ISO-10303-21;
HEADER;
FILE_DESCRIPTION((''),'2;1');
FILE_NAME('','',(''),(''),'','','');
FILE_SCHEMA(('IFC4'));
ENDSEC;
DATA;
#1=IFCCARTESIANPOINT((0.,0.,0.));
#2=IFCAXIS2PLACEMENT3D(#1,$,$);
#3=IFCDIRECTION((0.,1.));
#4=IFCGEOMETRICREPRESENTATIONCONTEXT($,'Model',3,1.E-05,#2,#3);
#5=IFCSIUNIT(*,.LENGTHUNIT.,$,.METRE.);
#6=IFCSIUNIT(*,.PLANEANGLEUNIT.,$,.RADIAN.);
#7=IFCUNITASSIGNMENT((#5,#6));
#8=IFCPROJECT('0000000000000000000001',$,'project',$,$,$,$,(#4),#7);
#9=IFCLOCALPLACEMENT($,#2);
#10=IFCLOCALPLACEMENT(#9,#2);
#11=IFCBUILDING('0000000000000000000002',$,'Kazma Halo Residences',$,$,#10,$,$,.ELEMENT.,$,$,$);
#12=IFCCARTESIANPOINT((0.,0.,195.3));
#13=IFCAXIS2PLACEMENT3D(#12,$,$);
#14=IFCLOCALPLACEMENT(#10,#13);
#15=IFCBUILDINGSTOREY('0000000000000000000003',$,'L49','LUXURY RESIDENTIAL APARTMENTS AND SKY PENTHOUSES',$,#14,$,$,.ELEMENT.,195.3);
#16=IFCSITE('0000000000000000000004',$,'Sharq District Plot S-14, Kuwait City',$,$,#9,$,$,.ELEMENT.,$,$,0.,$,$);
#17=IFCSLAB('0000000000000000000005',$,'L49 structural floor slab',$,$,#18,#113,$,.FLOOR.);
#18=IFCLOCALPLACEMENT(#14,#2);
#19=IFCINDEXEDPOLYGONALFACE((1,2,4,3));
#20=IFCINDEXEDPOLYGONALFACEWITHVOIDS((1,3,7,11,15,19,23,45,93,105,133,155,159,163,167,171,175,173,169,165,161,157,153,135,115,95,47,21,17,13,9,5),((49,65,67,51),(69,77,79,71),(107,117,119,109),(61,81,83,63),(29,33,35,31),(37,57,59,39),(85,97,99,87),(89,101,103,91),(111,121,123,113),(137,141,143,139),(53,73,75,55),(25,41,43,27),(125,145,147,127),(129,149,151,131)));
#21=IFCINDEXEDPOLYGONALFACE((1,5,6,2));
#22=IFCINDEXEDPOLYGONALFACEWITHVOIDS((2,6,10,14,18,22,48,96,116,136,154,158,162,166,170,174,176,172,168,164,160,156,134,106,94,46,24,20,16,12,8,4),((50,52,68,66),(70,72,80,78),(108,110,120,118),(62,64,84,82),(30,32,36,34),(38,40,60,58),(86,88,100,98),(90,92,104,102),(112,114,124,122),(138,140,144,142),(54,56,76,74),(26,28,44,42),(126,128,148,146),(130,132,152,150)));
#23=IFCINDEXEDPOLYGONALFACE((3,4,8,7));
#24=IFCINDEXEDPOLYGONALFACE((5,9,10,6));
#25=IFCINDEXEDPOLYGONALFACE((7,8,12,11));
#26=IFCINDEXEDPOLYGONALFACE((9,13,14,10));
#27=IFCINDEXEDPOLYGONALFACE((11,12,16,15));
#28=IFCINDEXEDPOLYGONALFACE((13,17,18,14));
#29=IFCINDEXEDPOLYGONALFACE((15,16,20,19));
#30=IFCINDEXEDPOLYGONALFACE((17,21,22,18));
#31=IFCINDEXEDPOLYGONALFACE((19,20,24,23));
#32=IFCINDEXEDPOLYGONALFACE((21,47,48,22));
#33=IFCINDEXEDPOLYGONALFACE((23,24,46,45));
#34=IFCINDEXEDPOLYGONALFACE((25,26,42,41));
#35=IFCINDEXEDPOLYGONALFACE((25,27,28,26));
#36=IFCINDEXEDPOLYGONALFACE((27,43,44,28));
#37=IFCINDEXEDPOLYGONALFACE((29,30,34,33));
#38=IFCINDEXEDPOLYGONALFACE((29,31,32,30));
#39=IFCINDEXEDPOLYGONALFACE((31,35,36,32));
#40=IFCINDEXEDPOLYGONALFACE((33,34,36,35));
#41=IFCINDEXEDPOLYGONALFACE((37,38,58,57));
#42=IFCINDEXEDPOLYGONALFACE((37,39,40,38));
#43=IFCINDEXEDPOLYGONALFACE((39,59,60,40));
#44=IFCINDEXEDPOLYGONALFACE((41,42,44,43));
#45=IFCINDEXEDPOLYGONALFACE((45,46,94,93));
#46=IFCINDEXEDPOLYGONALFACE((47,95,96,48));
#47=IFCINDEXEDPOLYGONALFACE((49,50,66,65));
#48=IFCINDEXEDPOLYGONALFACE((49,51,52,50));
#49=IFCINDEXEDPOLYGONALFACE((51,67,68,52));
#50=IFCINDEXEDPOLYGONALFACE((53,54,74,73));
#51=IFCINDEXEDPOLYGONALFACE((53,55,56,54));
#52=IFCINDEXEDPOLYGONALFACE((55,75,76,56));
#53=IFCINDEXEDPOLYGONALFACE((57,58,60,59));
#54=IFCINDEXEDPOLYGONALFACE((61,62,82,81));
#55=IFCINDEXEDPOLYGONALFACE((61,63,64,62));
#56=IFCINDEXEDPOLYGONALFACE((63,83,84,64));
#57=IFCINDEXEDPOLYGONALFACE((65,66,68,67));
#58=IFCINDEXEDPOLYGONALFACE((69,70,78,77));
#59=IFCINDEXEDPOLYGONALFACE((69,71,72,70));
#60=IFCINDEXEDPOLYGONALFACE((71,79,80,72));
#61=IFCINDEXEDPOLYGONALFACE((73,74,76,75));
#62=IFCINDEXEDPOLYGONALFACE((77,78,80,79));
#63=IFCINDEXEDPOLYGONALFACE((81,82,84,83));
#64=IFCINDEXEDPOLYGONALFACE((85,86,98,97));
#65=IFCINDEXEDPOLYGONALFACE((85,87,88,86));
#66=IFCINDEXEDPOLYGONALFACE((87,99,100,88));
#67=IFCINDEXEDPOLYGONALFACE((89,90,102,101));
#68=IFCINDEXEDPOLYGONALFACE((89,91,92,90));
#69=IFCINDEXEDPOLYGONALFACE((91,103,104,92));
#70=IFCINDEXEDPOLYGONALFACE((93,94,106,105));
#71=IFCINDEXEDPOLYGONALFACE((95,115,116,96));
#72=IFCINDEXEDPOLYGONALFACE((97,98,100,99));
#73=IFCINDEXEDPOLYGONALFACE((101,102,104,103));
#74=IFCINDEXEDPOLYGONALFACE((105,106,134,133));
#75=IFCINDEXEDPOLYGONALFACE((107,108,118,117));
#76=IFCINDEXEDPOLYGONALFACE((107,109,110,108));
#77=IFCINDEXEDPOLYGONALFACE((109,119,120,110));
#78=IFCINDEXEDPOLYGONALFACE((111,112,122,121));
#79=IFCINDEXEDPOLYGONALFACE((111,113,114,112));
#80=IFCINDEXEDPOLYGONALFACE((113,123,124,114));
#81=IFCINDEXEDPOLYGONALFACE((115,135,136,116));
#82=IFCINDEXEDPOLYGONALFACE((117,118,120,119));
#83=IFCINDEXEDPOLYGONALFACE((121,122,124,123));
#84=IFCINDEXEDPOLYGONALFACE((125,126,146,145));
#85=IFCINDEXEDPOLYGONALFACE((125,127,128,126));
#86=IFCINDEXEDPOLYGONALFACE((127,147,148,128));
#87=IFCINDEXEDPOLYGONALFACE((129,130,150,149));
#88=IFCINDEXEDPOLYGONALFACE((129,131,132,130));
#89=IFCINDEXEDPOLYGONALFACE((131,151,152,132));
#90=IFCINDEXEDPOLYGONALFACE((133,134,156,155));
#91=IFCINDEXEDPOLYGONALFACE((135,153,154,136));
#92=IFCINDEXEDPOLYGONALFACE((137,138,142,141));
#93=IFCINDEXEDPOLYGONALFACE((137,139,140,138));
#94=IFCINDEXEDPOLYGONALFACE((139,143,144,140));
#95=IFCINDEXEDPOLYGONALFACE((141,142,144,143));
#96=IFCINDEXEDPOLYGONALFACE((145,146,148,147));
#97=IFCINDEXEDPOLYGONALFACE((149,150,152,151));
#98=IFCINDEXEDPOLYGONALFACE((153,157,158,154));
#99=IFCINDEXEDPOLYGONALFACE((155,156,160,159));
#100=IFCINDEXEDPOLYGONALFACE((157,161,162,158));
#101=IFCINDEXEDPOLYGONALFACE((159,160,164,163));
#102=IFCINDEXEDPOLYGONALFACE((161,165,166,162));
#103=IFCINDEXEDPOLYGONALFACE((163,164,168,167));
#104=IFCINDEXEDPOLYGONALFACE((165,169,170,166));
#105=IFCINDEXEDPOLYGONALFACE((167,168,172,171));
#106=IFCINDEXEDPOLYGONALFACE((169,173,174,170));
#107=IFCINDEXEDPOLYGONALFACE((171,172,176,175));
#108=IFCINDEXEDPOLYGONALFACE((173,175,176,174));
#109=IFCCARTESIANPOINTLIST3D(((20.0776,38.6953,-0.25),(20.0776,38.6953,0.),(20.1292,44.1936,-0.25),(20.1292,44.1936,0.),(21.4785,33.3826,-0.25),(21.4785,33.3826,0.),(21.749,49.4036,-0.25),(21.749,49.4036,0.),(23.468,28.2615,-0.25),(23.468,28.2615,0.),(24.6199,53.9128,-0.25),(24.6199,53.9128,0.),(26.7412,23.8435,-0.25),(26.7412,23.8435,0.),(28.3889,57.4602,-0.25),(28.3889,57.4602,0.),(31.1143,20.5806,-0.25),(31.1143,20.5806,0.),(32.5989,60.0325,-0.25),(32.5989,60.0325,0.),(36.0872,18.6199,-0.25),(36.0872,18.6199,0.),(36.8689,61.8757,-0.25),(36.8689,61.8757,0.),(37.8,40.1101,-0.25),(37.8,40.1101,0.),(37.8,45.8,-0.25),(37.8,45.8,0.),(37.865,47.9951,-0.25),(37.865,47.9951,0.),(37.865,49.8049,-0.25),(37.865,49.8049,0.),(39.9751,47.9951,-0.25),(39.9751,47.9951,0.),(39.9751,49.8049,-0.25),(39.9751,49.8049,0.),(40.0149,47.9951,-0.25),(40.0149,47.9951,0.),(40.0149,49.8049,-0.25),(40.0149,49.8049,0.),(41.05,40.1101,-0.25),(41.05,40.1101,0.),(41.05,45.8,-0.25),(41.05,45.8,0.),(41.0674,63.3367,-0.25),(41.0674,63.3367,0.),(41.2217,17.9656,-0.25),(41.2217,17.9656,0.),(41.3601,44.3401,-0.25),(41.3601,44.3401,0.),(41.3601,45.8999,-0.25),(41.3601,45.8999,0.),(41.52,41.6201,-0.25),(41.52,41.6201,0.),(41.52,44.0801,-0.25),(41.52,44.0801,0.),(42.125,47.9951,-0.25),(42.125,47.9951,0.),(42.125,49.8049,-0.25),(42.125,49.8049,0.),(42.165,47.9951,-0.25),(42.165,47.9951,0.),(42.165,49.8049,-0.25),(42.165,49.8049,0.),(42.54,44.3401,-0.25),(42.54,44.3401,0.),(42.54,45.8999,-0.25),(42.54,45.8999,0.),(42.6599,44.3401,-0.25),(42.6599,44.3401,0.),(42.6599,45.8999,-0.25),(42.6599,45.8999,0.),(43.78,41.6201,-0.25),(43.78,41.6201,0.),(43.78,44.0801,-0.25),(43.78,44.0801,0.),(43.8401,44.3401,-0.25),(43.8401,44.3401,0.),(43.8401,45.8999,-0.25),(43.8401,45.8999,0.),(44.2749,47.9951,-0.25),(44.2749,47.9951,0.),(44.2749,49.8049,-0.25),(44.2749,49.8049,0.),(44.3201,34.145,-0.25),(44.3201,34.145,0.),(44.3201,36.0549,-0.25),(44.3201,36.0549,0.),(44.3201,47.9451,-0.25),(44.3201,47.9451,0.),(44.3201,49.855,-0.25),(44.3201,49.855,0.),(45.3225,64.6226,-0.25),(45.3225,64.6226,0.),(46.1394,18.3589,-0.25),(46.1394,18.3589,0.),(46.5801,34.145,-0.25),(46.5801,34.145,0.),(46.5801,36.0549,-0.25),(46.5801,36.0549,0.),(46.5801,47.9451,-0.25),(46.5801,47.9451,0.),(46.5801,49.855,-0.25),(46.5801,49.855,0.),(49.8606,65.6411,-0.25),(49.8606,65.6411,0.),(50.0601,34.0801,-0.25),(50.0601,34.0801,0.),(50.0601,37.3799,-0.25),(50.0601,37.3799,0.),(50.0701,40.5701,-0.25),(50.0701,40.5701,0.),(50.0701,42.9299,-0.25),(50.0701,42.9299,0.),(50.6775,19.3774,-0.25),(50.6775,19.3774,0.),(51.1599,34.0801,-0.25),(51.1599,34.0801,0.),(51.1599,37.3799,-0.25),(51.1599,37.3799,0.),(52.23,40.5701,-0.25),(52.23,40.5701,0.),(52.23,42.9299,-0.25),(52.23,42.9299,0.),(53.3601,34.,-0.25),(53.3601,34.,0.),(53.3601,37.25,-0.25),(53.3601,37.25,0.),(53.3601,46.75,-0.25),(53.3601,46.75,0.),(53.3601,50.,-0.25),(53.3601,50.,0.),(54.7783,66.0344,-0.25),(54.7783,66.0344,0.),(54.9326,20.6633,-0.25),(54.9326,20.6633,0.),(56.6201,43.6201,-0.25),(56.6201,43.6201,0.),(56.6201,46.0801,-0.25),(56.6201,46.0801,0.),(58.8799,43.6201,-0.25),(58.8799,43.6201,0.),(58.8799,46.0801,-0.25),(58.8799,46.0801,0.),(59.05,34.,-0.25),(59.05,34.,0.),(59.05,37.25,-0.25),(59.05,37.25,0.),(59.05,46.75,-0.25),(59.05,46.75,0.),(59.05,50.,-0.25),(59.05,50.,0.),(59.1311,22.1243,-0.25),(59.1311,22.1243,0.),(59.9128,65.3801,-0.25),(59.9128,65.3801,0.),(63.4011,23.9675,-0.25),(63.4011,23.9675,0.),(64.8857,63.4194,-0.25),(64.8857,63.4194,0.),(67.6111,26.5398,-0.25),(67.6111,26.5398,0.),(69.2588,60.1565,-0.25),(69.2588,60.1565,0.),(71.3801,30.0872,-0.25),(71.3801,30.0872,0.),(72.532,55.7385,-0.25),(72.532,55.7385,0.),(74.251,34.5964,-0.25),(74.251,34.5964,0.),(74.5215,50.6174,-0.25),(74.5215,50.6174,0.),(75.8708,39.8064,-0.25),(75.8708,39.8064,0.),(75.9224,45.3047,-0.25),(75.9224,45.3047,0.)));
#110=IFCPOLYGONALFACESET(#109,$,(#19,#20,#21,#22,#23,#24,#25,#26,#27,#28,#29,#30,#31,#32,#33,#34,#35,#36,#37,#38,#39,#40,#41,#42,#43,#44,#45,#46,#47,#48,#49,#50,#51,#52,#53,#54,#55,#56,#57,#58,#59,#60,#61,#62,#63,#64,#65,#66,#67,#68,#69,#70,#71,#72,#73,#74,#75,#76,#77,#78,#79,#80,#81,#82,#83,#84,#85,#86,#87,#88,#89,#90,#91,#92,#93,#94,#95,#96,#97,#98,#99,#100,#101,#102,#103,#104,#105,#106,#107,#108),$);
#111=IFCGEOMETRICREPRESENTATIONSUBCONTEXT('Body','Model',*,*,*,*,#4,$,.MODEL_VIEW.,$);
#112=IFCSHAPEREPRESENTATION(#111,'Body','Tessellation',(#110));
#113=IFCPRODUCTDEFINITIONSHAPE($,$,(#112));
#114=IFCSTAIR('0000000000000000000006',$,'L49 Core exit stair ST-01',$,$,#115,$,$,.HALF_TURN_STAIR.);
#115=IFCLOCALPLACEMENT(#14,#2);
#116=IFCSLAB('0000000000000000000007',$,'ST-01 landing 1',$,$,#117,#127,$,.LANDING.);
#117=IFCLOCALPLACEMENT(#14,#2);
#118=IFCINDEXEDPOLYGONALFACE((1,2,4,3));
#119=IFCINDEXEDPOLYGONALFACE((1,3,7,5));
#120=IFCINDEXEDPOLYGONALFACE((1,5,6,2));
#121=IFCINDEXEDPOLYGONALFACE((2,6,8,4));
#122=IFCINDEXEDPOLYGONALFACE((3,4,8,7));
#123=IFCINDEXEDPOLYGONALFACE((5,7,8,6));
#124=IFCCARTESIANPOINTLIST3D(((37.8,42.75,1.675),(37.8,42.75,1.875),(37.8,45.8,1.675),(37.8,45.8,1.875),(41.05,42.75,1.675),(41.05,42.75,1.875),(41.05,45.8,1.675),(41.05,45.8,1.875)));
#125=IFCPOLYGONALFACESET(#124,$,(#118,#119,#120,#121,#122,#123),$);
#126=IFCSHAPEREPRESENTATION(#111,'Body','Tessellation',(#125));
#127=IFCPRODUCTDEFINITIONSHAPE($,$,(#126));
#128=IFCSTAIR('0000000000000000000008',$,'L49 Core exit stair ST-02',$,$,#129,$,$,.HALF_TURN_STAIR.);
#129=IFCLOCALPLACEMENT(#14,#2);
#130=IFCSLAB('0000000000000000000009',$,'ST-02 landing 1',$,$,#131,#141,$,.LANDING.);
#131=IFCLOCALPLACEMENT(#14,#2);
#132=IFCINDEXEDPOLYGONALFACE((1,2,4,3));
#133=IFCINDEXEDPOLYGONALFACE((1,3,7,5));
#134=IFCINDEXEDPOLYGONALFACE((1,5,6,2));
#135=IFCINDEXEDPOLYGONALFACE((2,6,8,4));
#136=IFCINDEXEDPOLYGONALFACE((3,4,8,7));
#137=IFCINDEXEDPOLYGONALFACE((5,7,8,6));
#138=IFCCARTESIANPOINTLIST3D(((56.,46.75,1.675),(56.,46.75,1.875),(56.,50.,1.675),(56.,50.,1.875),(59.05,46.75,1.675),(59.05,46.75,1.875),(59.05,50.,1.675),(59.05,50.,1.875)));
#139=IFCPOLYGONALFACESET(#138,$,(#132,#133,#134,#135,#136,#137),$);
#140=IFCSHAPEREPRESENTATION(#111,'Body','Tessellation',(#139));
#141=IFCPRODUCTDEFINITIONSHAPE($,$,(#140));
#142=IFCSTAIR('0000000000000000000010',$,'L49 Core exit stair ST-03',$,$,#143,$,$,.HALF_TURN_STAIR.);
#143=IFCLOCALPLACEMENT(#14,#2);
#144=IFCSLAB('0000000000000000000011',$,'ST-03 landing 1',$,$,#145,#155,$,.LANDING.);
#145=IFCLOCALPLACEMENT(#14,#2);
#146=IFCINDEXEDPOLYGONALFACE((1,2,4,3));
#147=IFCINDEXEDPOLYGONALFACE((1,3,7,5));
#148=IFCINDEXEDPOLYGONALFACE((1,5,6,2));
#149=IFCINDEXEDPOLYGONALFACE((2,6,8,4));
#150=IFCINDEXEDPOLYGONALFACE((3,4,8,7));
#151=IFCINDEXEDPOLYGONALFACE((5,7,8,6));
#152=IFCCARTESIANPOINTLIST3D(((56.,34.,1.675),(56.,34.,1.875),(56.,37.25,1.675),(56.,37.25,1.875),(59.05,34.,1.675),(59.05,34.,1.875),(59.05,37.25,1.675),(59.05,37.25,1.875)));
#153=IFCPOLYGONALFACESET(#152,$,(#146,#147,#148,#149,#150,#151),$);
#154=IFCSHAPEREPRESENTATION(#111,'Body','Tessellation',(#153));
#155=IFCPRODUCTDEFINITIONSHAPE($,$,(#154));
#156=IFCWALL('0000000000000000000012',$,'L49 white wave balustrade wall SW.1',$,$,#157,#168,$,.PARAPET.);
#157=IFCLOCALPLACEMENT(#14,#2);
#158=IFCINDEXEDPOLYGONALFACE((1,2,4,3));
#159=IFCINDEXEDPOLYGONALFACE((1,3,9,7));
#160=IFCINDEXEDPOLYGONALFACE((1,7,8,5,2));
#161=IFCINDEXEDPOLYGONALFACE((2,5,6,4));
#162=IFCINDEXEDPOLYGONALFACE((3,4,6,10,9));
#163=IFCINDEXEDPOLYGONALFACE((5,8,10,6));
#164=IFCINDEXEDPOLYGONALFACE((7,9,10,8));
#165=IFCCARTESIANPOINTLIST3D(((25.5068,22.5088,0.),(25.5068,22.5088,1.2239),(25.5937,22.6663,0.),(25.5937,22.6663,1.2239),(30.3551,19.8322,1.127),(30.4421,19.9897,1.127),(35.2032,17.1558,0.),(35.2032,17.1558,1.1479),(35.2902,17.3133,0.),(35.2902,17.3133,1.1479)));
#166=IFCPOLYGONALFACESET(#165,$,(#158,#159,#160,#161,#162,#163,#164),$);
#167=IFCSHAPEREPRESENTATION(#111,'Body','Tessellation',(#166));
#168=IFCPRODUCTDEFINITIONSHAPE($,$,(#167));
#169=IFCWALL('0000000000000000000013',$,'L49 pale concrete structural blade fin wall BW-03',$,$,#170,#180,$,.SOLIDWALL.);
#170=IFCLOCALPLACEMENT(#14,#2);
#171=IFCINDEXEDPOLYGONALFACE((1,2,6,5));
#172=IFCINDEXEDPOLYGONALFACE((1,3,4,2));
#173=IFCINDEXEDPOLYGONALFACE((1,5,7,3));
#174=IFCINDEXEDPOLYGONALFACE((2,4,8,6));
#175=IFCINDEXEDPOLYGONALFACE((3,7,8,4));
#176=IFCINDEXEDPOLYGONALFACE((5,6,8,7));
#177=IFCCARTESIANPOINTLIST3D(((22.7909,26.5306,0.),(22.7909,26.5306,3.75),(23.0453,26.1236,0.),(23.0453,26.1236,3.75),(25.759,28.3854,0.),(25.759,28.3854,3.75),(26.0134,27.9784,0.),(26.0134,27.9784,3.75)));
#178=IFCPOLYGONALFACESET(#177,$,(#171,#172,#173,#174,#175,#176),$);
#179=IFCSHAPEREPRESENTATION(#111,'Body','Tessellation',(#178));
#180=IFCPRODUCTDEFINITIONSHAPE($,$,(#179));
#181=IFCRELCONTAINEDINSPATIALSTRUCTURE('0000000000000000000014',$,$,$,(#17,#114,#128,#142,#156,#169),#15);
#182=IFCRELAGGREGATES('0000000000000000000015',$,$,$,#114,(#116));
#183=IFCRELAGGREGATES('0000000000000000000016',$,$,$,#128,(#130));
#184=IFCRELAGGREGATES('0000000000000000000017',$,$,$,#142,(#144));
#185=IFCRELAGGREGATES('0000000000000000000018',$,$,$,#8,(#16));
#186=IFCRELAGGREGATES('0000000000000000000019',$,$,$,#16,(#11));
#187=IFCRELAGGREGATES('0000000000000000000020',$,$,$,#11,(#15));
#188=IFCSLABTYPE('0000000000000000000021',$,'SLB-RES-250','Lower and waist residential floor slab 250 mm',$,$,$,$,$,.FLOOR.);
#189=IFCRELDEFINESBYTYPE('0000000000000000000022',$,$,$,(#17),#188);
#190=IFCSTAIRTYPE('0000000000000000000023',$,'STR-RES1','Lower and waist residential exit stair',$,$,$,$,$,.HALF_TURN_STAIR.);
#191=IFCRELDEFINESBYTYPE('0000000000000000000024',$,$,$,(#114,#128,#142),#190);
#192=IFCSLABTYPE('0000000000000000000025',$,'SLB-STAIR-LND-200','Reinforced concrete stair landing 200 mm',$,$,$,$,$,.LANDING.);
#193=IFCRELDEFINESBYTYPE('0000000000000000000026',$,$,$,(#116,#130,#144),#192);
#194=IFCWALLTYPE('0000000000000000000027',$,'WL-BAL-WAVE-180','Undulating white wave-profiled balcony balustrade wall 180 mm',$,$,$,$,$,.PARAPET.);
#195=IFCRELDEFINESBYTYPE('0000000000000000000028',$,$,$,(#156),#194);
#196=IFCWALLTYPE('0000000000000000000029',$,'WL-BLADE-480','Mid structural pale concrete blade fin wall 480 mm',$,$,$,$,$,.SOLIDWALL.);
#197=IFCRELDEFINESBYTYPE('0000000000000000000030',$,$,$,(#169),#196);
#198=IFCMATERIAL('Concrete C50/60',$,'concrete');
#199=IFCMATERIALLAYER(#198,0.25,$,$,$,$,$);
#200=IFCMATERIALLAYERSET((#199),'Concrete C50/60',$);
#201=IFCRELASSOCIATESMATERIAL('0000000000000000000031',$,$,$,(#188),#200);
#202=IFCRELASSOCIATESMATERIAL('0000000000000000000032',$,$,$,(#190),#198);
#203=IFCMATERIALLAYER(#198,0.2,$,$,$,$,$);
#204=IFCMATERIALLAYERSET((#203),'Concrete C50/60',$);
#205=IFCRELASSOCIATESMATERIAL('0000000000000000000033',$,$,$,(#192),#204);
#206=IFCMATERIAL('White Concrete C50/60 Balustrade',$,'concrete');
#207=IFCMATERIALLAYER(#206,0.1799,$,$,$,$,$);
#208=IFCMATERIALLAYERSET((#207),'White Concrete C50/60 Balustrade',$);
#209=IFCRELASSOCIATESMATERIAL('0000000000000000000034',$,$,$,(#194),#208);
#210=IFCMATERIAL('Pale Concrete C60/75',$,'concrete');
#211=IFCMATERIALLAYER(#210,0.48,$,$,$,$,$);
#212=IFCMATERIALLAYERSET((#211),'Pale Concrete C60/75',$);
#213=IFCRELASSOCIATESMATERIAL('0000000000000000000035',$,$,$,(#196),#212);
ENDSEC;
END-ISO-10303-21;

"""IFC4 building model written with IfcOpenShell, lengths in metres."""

from ifc_helpers import new_model, si_unit, direction, frame, frame_2d, origin, place, context, subcontext, project, spatial, polyline, rectangle, outline, extrude, material, layer, layer_set, type_object, element, aggregate, save


model = new_model("IFC4")

# Units and contexts
model_context = context("Model", 3, precision=1e-05, world=origin(), true_north=direction((0.0, 1.0)))
body_context = subcontext(model_context, "Body", "Model", "MODEL_VIEW")
ifc_project = project(units=[si_unit("LENGTHUNIT", "METRE"), si_unit("PLANEANGLEUNIT", "RADIAN")], contexts=[model_context])

# Site, building, storey
site_placement = place(None, origin())
site = spatial("IfcSite", under=ifc_project, at=site_placement, Name="Sharq District Plot S-14, Kuwait City", CompositionType="ELEMENT", RefElevation=0.0)
building_placement = place(site_placement, origin())
building = spatial("IfcBuilding", under=site, at=building_placement, Name="Kazma Halo Residences", CompositionType="ELEMENT")
storey_placement = place(building_placement, frame((0.0, 0.0, 195.3)))
storey = spatial("IfcBuildingStorey", under=building, at=storey_placement, Name="L49", Description="LUXURY RESIDENTIAL APARTMENTS AND SKY PENTHOUSES", CompositionType="ELEMENT", Elevation=195.3)

# Slab
ifc_material_1 = material(Name="Concrete C50/60", Category="concrete")
ifc_layer_1 = layer(ifc_material_1, 0.25)
ifc_layer_set_1 = layer_set([ifc_layer_1], Name="Concrete C50/60")
slab_type_1 = type_object("IfcSlabType", Name="SLB-RES-250", Description="Lower and waist residential floor slab 250 mm", PredefinedType="FLOOR", material=ifc_layer_set_1)
slab_1_placement = place(storey_placement, frame((0.0, 0.0, -0.25)))
element("IfcSlab", 1, at=slab_1_placement, inside=storey, type_object=slab_type_1, Name="L49 structural floor slab", PredefinedType="FLOOR", context=body_context, shape_type="SweptSolid", body=[
    extrude(outline(polyline([(74.5215, 50.6174), (72.532, 55.7385), (69.2588, 60.1565), (64.8857, 63.4194), (59.9128, 65.3801), (54.7783, 66.0344), (49.8606, 65.6411), (45.3225, 64.6226), (41.0674, 63.3367), (36.8689, 61.8757), (32.5989, 60.0325), (28.3889, 57.4602), (24.6199, 53.9128), (21.749, 49.4036), (20.1292, 44.1936), (20.0776, 38.6953), (21.4785, 33.3826), (23.468, 28.2615), (26.7412, 23.8435), (31.1143, 20.5806), (36.0872, 18.6199), (41.2217, 17.9656), (46.1394, 18.3589), (50.6775, 19.3774), (54.9326, 20.6633), (59.1311, 22.1243), (63.4011, 23.9675), (67.6111, 26.5398), (71.3801, 30.0872), (74.251, 34.5964), (75.8708, 39.8064), (75.9224, 45.3047), (74.5215, 50.6174)]), holes=[polyline([(37.8, 40.1101), (41.05, 40.1101), (41.05, 45.8), (37.8, 45.8), (37.8, 40.1101)]), polyline([(53.3601, 46.75), (59.05, 46.75), (59.05, 50.0), (53.3601, 50.0), (53.3601, 46.75)]), polyline([(53.3601, 34.0), (59.05, 34.0), (59.05, 37.25), (53.3601, 37.25), (53.3601, 34.0)]), polyline([(41.52, 41.6201), (43.78, 41.6201), (43.78, 44.0801), (41.52, 44.0801), (41.52, 41.6201)]), polyline([(56.6201, 43.6201), (58.8799, 43.6201), (58.8799, 46.0801), (56.6201, 46.0801), (56.6201, 43.6201)]), polyline([(37.865, 47.9951), (39.9751, 47.9951), (39.9751, 49.8049), (37.865, 49.8049), (37.865, 47.9951)]), polyline([(40.0149, 47.9951), (42.125, 47.9951), (42.125, 49.8049), (40.0149, 49.8049), (40.0149, 47.9951)]), polyline([(42.165, 47.9951), (44.2749, 47.9951), (44.2749, 49.8049), (42.165, 49.8049), (42.165, 47.9951)]), polyline([(44.3201, 47.9451), (46.5801, 47.9451), (46.5801, 49.855), (44.3201, 49.855), (44.3201, 47.9451)]), polyline([(44.3201, 34.145), (46.5801, 34.145), (46.5801, 36.0549), (44.3201, 36.0549), (44.3201, 34.145)]), polyline([(50.0701, 40.5701), (52.23, 40.5701), (52.23, 42.9299), (50.0701, 42.9299), (50.0701, 40.5701)]), polyline([(41.3601, 44.3401), (42.54, 44.3401), (42.54, 45.8999), (41.3601, 45.8999), (41.3601, 44.3401)]), polyline([(42.6599, 44.3401), (43.8401, 44.3401), (43.8401, 45.8999), (42.6599, 45.8999), (42.6599, 44.3401)]), polyline([(50.0601, 34.0801), (51.1599, 34.0801), (51.1599, 37.3799), (50.0601, 37.3799), (50.0601, 34.0801)])]), origin(), (0.0, 0.0, 1.0), 0.25),
])

# Stairs, slabs
stair_type = type_object("IfcStairType", Name="STR-RES1", Description="Lower and waist residential exit stair", PredefinedType="HALF_TURN_STAIR", material=ifc_material_1)
stair_1_placement = place(storey_placement, origin())
stair_1 = element("IfcStair", 2, at=stair_1_placement, inside=storey, type_object=stair_type, Name="L49 Core exit stair ST-01", PredefinedType="HALF_TURN_STAIR")
ifc_layer_2 = layer(ifc_material_1, 0.2)
ifc_layer_set_2 = layer_set([ifc_layer_2], Name="Concrete C50/60")
slab_type_2 = type_object("IfcSlabType", Name="SLB-STAIR-LND-200", Description="Reinforced concrete stair landing 200 mm", PredefinedType="LANDING", material=ifc_layer_set_2)
slab_2_placement = place(storey_placement, frame((0.0, 0.0, 1.675)))
slab_2 = element("IfcSlab", 3, at=slab_2_placement, type_object=slab_type_2, Name="ST-01 landing 1", PredefinedType="LANDING", context=body_context, shape_type="SweptSolid", body=[
    extrude(outline(polyline([(41.05, 42.75), (41.05, 45.8), (37.8, 45.8), (37.8, 42.75), (41.05, 42.75)])), origin(), (0.0, 0.0, 1.0), 0.2),
])
aggregate(stair_1, [slab_2])
stair_2_placement = place(storey_placement, origin())
stair_2 = element("IfcStair", 4, at=stair_2_placement, inside=storey, type_object=stair_type, Name="L49 Core exit stair ST-02", PredefinedType="HALF_TURN_STAIR")
slab_3_placement = place(storey_placement, frame((0.0, 0.0, 1.675)))
slab_3 = element("IfcSlab", 5, at=slab_3_placement, type_object=slab_type_2, Name="ST-02 landing 1", PredefinedType="LANDING", context=body_context, shape_type="SweptSolid", body=[
    extrude(outline(polyline([(56.0, 46.75), (59.05, 46.75), (59.05, 50.0), (56.0, 50.0), (56.0, 46.75)])), origin(), (0.0, 0.0, 1.0), 0.2),
])
aggregate(stair_2, [slab_3])
stair_3_placement = place(storey_placement, origin())
stair_3 = element("IfcStair", 6, at=stair_3_placement, inside=storey, type_object=stair_type, Name="L49 Core exit stair ST-03", PredefinedType="HALF_TURN_STAIR")
slab_4_placement = place(storey_placement, frame((0.0, 0.0, 1.675)))
slab_4 = element("IfcSlab", 7, at=slab_4_placement, type_object=slab_type_2, Name="ST-03 landing 1", PredefinedType="LANDING", context=body_context, shape_type="SweptSolid", body=[
    extrude(outline(polyline([(56.0, 34.0), (59.05, 34.0), (59.05, 37.25), (56.0, 37.25), (56.0, 34.0)])), origin(), (0.0, 0.0, 1.0), 0.2),
])
aggregate(stair_3, [slab_4])

# Walls
ifc_material_2 = material(Name="White Concrete C50/60 Balustrade", Category="concrete")
ifc_layer_3 = layer(ifc_material_2, 0.1799)
ifc_layer_set_3 = layer_set([ifc_layer_3], Name="White Concrete C50/60 Balustrade")
wall_type_1 = type_object("IfcWallType", Name="WL-BAL-WAVE-180", Description="Undulating white wave-profiled balcony balustrade wall 180 mm", PredefinedType="PARAPET", material=ifc_layer_set_3)
wall_1_placement = place(storey_placement, frame((25.5503, 22.5876, 0.0), z_axis=(0.0, 0.0, 1.0), x_axis=(0.875455, -0.4833, 0.0)))
element("IfcWall", 8, at=wall_1_placement, inside=storey, type_object=wall_type_1, Name="L49 white wave balustrade wall SW.1", PredefinedType="PARAPET", context=body_context, shape_type="SweptSolid", body=[
    extrude(outline(polyline([(0.0, 0.0), (11.0759, 0.0), (11.0759, 1.1479), (5.5381, 1.127), (0.0, 1.2239), (0.0, 0.0)])), frame((0.0, 0.0898, 0.0), z_axis=(0.0, -1.0, 0.0), x_axis=(1.0, 0.0, 0.0)), (0.0, 0.0, 1.0), 0.1799),
])
ifc_material_3 = material(Name="Pale Concrete C60/75", Category="concrete")
ifc_layer_4 = layer(ifc_material_3, 0.48)
ifc_layer_set_4 = layer_set([ifc_layer_4], Name="Pale Concrete C60/75")
wall_type_2 = type_object("IfcWallType", Name="WL-BLADE-480", Description="Mid structural pale concrete blade fin wall 480 mm", PredefinedType="SOLIDWALL", material=ifc_layer_set_4)
wall_2_placement = place(storey_placement, frame((25.8862, 28.1819, 0.0), z_axis=(0.0, 0.0, 1.0), x_axis=(-0.848034, -0.529943, 0.0)))
element("IfcWall", 9, at=wall_2_placement, inside=storey, type_object=wall_type_2, Name="L49 pale concrete structural blade fin wall BW-03", PredefinedType="SOLIDWALL", context=body_context, shape_type="SweptSolid", body=[
    extrude(rectangle(XDim=3.5, YDim=0.48, at=frame_2d((1.75, 0.0))), origin(), (0.0, 0.0, 1.0), 3.75),
])

save(model, "model.ifc")
